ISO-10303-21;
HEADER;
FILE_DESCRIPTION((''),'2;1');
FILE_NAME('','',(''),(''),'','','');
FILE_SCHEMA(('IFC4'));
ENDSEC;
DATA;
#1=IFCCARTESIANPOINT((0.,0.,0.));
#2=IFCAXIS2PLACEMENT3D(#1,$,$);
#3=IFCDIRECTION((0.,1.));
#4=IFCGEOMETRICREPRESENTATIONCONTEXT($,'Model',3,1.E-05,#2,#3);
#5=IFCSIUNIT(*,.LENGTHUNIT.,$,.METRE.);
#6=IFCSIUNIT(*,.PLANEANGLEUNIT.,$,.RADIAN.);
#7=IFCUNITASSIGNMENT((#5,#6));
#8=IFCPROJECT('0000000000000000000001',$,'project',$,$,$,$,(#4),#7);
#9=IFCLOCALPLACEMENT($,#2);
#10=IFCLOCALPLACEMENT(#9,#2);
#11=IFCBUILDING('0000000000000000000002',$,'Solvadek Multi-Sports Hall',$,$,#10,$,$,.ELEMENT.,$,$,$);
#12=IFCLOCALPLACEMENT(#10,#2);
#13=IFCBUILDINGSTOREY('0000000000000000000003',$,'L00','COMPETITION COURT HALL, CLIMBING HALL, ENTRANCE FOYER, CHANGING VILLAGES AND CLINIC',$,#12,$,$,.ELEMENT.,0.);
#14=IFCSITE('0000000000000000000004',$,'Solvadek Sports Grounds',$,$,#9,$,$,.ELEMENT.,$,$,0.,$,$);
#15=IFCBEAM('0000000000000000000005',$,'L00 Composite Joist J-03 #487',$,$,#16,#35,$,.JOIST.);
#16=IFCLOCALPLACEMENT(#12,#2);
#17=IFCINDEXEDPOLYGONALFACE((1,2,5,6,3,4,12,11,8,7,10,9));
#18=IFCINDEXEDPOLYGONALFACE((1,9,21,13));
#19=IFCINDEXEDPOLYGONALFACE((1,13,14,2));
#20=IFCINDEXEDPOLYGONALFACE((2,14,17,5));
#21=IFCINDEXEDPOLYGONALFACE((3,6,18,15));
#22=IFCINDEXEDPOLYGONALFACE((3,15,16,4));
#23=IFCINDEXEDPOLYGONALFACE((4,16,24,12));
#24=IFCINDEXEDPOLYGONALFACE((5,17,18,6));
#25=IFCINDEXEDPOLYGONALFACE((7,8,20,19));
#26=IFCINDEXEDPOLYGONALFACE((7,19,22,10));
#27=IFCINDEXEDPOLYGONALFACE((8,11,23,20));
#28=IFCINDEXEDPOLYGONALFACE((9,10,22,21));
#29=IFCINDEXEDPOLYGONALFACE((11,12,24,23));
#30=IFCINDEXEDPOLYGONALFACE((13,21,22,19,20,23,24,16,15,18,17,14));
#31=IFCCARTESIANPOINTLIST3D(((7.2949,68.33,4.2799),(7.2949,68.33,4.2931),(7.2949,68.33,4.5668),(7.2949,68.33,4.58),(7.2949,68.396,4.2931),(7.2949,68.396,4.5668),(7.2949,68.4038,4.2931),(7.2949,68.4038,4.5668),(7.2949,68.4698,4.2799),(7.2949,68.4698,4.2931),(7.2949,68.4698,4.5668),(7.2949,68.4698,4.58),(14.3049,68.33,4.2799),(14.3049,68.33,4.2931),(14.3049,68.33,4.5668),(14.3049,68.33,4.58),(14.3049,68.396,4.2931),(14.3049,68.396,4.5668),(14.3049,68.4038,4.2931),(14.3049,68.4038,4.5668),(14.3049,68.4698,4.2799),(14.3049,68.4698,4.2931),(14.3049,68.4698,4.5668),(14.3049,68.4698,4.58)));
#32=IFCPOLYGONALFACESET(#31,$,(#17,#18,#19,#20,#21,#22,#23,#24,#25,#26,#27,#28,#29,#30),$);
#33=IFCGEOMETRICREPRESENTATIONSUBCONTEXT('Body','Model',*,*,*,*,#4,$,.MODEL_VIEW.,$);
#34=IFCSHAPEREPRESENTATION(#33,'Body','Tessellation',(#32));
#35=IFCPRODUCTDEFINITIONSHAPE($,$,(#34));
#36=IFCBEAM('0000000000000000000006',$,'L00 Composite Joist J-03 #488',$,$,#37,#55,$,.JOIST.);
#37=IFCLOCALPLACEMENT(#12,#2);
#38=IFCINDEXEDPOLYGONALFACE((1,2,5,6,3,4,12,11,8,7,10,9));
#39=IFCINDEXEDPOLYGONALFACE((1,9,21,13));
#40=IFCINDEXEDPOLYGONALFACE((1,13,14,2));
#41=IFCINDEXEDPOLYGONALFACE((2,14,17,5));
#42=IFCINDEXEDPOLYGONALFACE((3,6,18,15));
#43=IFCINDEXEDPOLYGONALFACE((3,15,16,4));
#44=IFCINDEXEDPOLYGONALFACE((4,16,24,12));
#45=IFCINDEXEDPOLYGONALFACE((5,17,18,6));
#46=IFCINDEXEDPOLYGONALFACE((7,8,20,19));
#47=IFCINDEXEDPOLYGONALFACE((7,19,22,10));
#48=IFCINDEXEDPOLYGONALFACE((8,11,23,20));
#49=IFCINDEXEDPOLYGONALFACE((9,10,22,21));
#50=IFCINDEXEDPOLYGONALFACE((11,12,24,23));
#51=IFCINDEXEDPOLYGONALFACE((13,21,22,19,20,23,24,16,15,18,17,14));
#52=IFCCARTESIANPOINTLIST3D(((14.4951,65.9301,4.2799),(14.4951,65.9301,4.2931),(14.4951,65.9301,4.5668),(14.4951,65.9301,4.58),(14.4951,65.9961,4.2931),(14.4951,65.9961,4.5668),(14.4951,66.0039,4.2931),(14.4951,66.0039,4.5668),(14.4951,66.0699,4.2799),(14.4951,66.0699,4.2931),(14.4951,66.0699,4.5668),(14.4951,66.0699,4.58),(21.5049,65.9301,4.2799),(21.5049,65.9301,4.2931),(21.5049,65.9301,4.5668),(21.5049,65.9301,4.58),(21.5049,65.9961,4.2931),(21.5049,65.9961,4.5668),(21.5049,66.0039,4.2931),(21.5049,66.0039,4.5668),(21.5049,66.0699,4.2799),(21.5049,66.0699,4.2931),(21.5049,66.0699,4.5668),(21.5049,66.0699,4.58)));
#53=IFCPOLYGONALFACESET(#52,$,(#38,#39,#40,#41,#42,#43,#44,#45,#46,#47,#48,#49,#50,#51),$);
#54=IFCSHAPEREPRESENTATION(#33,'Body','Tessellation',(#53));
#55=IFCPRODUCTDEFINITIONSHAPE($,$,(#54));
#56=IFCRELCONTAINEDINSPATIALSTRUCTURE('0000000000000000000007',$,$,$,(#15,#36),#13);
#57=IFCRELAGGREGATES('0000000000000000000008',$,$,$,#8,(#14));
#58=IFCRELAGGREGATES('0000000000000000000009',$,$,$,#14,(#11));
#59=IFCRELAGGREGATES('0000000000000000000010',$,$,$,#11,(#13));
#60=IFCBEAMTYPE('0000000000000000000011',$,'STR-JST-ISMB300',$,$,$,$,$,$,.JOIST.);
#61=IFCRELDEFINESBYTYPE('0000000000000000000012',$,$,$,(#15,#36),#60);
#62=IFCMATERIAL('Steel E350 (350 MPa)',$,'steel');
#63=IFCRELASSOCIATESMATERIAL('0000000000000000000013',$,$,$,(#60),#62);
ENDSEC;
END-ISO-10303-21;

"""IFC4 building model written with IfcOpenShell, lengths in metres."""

from ifc_helpers import new_model, si_unit, direction, frame, origin, origin_2d, place, context, subcontext, project, spatial, i_section, extrude, material, material_profile, profile_set, type_object, element, save


model = new_model("IFC4")

# Units and contexts
model_context = context("Model", 3, precision=1e-05, world=origin(), true_north=direction((0.0, 1.0)))
body_context = subcontext(model_context, "Body", "Model", "MODEL_VIEW")
ifc_project = project(units=[si_unit("LENGTHUNIT", "METRE"), si_unit("PLANEANGLEUNIT", "RADIAN")], contexts=[model_context])

# Site, building, storey
site_placement = place(None, origin())
site = spatial("IfcSite", under=ifc_project, at=site_placement, Name="Solvadek Sports Grounds", CompositionType="ELEMENT", RefElevation=0.0)
building_placement = place(site_placement, origin())
building = spatial("IfcBuilding", under=site, at=building_placement, Name="Solvadek Multi-Sports Hall", CompositionType="ELEMENT")
storey_placement = place(building_placement, origin())
storey = spatial("IfcBuildingStorey", under=building, at=storey_placement, Name="L00", Description="COMPETITION COURT HALL, CLIMBING HALL, ENTRANCE FOYER, CHANGING VILLAGES AND CLINIC", CompositionType="ELEMENT", Elevation=0.0)

# Shared definitions
ifc_material = material(Name="Steel E350 (350 MPa)", Category="steel")

# Beams
ifc_material_profile_1 = material_profile(ifc_material, i_section(OverallWidth=0.1399, OverallDepth=0.3, WebThickness=0.0078, FlangeThickness=0.0132, at=origin_2d()), Name="ISMB 300")
ifc_profile_set_1 = profile_set([ifc_material_profile_1], Name="Steel E350 (350 MPa)")
beam_type_1 = type_object("IfcBeamType", Name="STR-JST-ISMB300", PredefinedType="JOIST", material=ifc_profile_set_1)
for number, where, z_axis, x_axis, name in (
    (1, (7.2949, 68.3999, 4.4299), (1.0, 0.0, 0.0), (0.0, 1.0, 0.0), "L00 Composite Joist J-03 #487"),
):
    element("IfcBeam", number, at=place(storey_placement, frame(where, z_axis=z_axis, x_axis=x_axis)), inside=storey, type_object=beam_type_1, Name=name, PredefinedType="JOIST", context=body_context, shape_type="SweptSolid", body=[
        extrude(i_section(OverallWidth=0.1399, OverallDepth=0.3, WebThickness=0.0078, FlangeThickness=0.0132, at=origin_2d()), origin(), (0.0, 0.0, 1.0), 7.01),
    ])
beam_1_placement = place(storey_placement, frame((14.4951, 66.0, 4.4299), z_axis=(1.0, 0.0, 0.0), x_axis=(0.0, 1.0, 0.0)))
element("IfcBeam", 2, at=beam_1_placement, inside=storey, type_object=beam_type_1, Name="L00 Composite Joist J-03 #488", PredefinedType="JOIST", context=body_context, shape_type="SweptSolid", body=[
    extrude(i_section(OverallWidth=0.1399, OverallDepth=0.3, WebThickness=0.0078, FlangeThickness=0.0132, at=origin_2d()), origin(), (0.0, 0.0, 1.0), 7.0098),
])

save(model, "model.ifc")
